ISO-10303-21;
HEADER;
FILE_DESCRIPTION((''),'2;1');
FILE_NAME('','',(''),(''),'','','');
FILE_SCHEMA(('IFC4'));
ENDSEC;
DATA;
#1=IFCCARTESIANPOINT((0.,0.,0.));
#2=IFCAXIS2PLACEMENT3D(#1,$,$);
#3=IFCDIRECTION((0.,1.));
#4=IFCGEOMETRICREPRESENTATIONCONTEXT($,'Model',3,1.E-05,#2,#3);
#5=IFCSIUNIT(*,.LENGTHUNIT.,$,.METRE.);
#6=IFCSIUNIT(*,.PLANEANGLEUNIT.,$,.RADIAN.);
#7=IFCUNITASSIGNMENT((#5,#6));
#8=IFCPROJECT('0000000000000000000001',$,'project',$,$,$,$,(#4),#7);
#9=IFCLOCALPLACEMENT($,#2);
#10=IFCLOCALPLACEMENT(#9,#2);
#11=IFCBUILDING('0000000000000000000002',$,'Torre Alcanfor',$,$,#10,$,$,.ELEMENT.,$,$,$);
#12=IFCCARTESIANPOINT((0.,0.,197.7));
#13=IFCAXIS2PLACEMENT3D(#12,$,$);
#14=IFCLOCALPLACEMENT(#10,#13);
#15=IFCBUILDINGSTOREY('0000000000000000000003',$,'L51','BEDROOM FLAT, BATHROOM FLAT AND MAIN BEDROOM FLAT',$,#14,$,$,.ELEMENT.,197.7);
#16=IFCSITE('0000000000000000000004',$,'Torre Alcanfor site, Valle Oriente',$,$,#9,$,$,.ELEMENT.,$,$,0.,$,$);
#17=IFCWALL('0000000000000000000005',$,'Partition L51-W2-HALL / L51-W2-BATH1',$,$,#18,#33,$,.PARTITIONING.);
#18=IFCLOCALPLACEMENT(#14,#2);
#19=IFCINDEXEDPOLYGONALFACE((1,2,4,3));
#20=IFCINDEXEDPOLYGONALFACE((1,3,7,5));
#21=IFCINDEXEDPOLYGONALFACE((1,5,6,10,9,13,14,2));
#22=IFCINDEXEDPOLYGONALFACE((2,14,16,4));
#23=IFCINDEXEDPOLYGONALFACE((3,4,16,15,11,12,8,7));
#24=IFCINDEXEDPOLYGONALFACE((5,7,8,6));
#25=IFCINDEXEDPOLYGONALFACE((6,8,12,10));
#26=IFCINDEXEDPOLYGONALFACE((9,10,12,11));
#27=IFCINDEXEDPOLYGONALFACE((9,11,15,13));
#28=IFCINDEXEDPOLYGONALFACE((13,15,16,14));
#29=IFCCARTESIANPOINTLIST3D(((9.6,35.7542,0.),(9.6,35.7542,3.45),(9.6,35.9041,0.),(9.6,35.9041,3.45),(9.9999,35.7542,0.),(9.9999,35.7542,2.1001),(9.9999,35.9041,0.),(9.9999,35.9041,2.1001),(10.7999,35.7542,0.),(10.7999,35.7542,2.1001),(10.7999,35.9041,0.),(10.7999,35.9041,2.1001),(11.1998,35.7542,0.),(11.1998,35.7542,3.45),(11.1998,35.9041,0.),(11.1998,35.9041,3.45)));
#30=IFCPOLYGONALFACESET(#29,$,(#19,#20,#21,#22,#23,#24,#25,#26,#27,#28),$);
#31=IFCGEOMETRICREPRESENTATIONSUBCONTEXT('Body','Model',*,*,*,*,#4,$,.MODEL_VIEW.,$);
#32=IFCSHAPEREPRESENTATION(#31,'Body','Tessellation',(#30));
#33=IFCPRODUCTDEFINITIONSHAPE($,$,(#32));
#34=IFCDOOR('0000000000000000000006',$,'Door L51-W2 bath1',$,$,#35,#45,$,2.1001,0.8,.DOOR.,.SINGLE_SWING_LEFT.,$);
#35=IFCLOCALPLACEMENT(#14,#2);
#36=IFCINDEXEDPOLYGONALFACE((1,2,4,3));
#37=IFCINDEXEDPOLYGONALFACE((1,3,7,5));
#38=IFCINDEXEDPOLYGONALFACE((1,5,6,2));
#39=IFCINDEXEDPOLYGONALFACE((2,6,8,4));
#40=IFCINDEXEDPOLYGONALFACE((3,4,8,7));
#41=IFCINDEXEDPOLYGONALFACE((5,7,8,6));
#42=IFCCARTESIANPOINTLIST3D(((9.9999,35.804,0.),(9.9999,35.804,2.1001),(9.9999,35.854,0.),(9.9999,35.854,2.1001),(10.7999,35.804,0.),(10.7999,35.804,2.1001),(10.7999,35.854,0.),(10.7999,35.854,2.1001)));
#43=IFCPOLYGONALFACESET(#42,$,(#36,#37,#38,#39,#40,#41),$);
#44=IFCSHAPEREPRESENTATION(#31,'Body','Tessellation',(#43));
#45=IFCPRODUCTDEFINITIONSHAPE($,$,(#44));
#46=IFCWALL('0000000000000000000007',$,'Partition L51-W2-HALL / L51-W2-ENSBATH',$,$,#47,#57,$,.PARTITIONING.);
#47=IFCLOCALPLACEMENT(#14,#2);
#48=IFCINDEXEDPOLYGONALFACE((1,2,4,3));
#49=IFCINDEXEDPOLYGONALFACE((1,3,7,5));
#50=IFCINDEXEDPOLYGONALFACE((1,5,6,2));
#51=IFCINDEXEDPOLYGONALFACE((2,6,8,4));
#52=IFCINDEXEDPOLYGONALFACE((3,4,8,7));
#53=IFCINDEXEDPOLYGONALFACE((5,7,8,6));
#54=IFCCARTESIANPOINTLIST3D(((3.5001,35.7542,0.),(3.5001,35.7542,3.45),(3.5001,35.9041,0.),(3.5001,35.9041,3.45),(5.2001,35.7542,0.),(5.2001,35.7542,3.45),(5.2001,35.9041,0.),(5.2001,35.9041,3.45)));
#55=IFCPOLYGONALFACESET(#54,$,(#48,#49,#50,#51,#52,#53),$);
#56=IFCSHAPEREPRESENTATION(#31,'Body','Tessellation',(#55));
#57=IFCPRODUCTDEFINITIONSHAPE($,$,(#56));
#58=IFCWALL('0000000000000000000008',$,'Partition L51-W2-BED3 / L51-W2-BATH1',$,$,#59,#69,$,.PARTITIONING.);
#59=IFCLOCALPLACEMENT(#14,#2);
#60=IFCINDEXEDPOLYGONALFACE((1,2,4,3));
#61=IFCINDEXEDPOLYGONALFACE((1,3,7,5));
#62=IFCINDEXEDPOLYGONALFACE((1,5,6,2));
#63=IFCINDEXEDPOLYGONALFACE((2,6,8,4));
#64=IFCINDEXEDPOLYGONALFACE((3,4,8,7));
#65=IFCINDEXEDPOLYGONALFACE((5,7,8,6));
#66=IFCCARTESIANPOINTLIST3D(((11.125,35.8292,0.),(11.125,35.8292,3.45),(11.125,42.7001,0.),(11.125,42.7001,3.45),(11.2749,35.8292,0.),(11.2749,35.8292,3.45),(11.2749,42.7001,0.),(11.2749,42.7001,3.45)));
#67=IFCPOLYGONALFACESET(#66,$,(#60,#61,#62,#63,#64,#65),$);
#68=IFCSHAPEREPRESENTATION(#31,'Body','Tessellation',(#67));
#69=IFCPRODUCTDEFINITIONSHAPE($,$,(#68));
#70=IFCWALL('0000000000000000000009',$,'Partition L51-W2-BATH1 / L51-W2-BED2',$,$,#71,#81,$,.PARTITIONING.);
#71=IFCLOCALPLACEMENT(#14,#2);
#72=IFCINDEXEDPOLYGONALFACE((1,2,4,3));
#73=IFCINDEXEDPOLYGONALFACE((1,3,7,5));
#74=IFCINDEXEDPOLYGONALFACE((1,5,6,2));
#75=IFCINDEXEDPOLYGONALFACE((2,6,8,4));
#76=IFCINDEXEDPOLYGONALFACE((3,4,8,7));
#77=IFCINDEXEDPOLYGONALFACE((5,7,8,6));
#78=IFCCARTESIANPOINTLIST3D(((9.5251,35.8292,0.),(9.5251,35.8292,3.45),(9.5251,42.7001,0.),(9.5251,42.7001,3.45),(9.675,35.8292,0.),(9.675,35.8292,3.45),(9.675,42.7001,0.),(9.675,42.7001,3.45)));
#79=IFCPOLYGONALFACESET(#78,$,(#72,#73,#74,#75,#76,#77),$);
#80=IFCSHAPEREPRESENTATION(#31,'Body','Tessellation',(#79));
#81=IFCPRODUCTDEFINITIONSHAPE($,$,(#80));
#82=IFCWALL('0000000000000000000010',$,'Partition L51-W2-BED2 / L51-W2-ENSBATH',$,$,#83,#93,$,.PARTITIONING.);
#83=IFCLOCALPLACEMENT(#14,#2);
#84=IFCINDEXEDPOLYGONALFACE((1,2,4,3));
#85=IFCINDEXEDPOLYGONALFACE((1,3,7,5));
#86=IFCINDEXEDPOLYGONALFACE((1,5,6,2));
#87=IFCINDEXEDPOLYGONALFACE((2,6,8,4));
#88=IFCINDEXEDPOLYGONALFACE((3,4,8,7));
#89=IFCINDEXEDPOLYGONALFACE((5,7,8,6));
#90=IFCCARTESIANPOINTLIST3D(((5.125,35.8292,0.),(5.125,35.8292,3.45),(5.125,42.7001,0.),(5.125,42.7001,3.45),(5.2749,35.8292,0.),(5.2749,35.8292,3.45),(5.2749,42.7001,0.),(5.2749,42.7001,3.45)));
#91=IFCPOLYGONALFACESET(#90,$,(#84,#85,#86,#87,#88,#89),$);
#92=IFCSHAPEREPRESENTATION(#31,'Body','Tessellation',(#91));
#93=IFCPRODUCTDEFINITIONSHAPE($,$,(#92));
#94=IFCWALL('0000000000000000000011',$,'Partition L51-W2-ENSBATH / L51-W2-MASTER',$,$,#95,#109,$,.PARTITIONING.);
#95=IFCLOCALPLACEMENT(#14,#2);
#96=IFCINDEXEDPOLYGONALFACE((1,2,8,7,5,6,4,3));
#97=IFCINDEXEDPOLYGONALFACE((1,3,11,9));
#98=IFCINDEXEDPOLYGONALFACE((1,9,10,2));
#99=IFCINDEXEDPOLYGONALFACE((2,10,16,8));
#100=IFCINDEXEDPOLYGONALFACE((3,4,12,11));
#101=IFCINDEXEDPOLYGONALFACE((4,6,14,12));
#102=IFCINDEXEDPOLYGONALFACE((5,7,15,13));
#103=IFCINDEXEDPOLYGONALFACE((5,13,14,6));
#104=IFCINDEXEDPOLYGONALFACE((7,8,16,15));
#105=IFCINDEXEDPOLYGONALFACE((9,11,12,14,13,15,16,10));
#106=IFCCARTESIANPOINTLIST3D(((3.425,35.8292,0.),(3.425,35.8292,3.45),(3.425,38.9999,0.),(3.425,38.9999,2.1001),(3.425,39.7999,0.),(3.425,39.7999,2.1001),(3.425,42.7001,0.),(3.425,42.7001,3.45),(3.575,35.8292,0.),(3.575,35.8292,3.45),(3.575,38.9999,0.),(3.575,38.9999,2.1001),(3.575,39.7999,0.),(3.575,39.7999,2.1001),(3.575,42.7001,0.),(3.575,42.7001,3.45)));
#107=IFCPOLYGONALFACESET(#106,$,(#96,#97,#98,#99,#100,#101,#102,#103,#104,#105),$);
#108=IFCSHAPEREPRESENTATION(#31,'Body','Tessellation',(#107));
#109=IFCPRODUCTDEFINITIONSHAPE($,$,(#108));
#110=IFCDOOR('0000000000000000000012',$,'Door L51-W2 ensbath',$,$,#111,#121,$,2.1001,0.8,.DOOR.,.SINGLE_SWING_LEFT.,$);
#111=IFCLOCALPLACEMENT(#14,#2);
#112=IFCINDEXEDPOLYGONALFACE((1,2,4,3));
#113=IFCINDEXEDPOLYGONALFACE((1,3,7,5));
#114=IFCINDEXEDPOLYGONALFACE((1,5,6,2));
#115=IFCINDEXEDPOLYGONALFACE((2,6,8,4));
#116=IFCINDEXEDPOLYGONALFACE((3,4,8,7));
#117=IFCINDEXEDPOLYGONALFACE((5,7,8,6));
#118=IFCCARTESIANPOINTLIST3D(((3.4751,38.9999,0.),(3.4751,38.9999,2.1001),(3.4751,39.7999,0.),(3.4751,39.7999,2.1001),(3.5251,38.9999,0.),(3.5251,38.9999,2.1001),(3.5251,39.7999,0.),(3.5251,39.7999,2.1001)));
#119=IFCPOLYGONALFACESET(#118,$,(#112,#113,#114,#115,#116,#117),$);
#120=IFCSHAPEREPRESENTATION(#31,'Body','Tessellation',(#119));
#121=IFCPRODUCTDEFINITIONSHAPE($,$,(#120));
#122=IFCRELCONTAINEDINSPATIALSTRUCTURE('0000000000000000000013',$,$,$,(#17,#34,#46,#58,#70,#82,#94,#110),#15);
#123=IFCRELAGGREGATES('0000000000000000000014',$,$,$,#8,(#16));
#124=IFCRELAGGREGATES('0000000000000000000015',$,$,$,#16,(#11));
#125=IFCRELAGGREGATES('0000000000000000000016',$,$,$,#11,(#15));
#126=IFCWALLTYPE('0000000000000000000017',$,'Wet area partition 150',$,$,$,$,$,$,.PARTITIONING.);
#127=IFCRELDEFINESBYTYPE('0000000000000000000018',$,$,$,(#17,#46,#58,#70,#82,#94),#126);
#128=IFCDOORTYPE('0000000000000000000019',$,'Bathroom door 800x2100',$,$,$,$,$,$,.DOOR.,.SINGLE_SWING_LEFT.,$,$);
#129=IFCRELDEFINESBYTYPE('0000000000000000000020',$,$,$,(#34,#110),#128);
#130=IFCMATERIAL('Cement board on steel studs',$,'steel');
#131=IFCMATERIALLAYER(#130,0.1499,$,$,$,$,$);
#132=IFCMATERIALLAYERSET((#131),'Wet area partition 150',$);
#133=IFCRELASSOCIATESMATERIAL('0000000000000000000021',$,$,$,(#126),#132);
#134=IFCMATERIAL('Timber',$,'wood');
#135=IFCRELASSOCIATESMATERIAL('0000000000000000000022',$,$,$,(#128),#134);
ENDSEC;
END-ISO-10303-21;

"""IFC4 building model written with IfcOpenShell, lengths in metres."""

from ifc_helpers import new_model, si_unit, direction, frame, frame_2d, origin, place, context, subcontext, project, spatial, rectangle, extrude, material, layer, layer_set, type_object, element, fill, save


model = new_model("IFC4")

# Units and contexts
model_context = context("Model", 3, precision=1e-05, world=origin(), true_north=direction((0.0, 1.0)))
body_context = subcontext(model_context, "Body", "Model", "MODEL_VIEW")
ifc_project = project(units=[si_unit("LENGTHUNIT", "METRE"), si_unit("PLANEANGLEUNIT", "RADIAN")], contexts=[model_context])

# Site, building, storey
site_placement = place(None, origin())
site = spatial("IfcSite", under=ifc_project, at=site_placement, Name="Torre Alcanfor site, Valle Oriente", CompositionType="ELEMENT", RefElevation=0.0)
building_placement = place(site_placement, origin())
building = spatial("IfcBuilding", under=site, at=building_placement, Name="Torre Alcanfor", CompositionType="ELEMENT")
storey_placement = place(building_placement, frame((0.0, 0.0, 197.7)))
storey = spatial("IfcBuildingStorey", under=building, at=storey_placement, Name="L51", Description="BEDROOM FLAT, BATHROOM FLAT AND MAIN BEDROOM FLAT", CompositionType="ELEMENT", Elevation=197.7)

# Wall, opening, door
ifc_material_1 = material(Name="Cement board on steel studs", Category="steel")
ifc_layer_1 = layer(ifc_material_1, 0.1499)
ifc_layer_set_1 = layer_set([ifc_layer_1], Name="Wet area partition 150")
wall_type_1 = type_object("IfcWallType", Name="Wet area partition 150", PredefinedType="PARTITIONING", material=ifc_layer_set_1)
wall_1_placement = place(storey_placement, frame((9.6001, 35.8291, 0.0), z_axis=(0.0, 0.0, 1.0), x_axis=(1.0, 0.0, 0.0)))
wall_1 = element("IfcWall", 1, at=wall_1_placement, inside=storey, type_object=wall_type_1, Name="Partition L51-W2-HALL / L51-W2-BATH1", PredefinedType="PARTITIONING", context=body_context, shape_type="SweptSolid", body=[
    extrude(rectangle(XDim=1.5999, YDim=0.1499, at=frame_2d((0.7998, 0.0))), origin(), (0.0, 0.0, 1.0), 3.45),
])
opening_1_placement = place(wall_1_placement, frame((0.3999, 0.0, 0.0)))
opening_1 = element("IfcOpeningElement", 2, at=opening_1_placement, cuts=wall_1, PredefinedType="OPENING", context=body_context, shape_type="SweptSolid", body=[
    extrude(rectangle(XDim=0.8, YDim=2.1001, at=frame_2d((0.3999, 1.05))), frame((0.0, 0.085, 0.0), z_axis=(0.0, -1.0, 0.0), x_axis=(1.0, 0.0, 0.0)), (0.0, 0.0, 1.0), 0.1699),
])
ifc_material_2 = material(Name="Timber", Category="wood")
door_type_1 = type_object("IfcDoorType", Name="Bathroom door 800x2100", OperationType="SINGLE_SWING_LEFT", PredefinedType="DOOR", material=ifc_material_2)
door_1_placement = place(opening_1_placement, origin())
door_1 = element("IfcDoor", 3, at=door_1_placement, inside=storey, type_object=door_type_1, Name="Door L51-W2 bath1", OperationType="SINGLE_SWING_LEFT", OverallHeight=2.1001, OverallWidth=0.8, PredefinedType="DOOR", context=body_context, shape_type="SweptSolid", body=[
    extrude(rectangle(XDim=0.8, YDim=2.1001, at=frame_2d((0.3999, 1.05))), frame((0.0, 0.0249, 0.0), z_axis=(0.0, -1.0, 0.0), x_axis=(1.0, 0.0, 0.0)), (0.0, 0.0, 1.0), 0.05),
])
fill(opening_1, door_1)

# Walls
wall_2_placement = place(storey_placement, frame((3.5, 35.8291, 0.0), z_axis=(0.0, 0.0, 1.0), x_axis=(1.0, 0.0, 0.0)))
element("IfcWall", 4, at=wall_2_placement, inside=storey, type_object=wall_type_1, Name="Partition L51-W2-HALL / L51-W2-ENSBATH", PredefinedType="PARTITIONING", context=body_context, shape_type="SweptSolid", body=[
    extrude(rectangle(XDim=1.7, YDim=0.1499, at=frame_2d((0.8501, 0.0))), origin(), (0.0, 0.0, 1.0), 3.45),
])
for number, where, z_axis, x_axis, name in (
    (5, (11.2, 35.8291, 0.0), (0.0, 0.0, 1.0), (0.0, 1.0, 0.0), "Partition L51-W2-BED3 / L51-W2-BATH1"),
    (6, (9.6001, 35.8291, 0.0), (0.0, 0.0, 1.0), (0.0, 1.0, 0.0), "Partition L51-W2-BATH1 / L51-W2-BED2"),
    (7, (5.2, 35.8291, 0.0), (0.0, 0.0, 1.0), (0.0, 1.0, 0.0), "Partition L51-W2-BED2 / L51-W2-ENSBATH"),
):
    element("IfcWall", number, at=place(storey_placement, frame(where, z_axis=z_axis, x_axis=x_axis)), inside=storey, type_object=wall_type_1, Name=name, PredefinedType="PARTITIONING", context=body_context, shape_type="SweptSolid", body=[
        extrude(rectangle(XDim=6.8708, YDim=0.1499, at=frame_2d((3.4355, 0.0))), origin(), (0.0, 0.0, 1.0), 3.45),
    ])

# Wall, opening, door
wall_3_placement = place(storey_placement, frame((3.5, 35.8291, 0.0), z_axis=(0.0, 0.0, 1.0), x_axis=(0.0, 1.0, 0.0)))
wall_3 = element("IfcWall", 8, at=wall_3_placement, inside=storey, type_object=wall_type_1, Name="Partition L51-W2-ENSBATH / L51-W2-MASTER", PredefinedType="PARTITIONING", context=body_context, shape_type="SweptSolid", body=[
    extrude(rectangle(XDim=6.8708, YDim=0.1499, at=frame_2d((3.4355, 0.0))), origin(), (0.0, 0.0, 1.0), 3.45),
])
opening_2_placement = place(wall_3_placement, frame((3.1709, 0.0, 0.0)))
opening_2 = element("IfcOpeningElement", 9, at=opening_2_placement, cuts=wall_3, PredefinedType="OPENING", context=body_context, shape_type="SweptSolid", body=[
    extrude(rectangle(XDim=0.8, YDim=2.1001, at=frame_2d((0.3999, 1.05))), frame((0.0, 0.085, 0.0), z_axis=(0.0, -1.0, 0.0), x_axis=(1.0, 0.0, 0.0)), (0.0, 0.0, 1.0), 0.1699),
])
door_2_placement = place(opening_2_placement, frame((0.8, 0.0, 0.0), z_axis=(0.0, 0.0, 1.0), x_axis=(-1.0, 0.0, 0.0)))
door_2 = element("IfcDoor", 10, at=door_2_placement, inside=storey, type_object=door_type_1, Name="Door L51-W2 ensbath", OperationType="SINGLE_SWING_LEFT", OverallHeight=2.1001, OverallWidth=0.8, PredefinedType="DOOR", context=body_context, shape_type="SweptSolid", body=[
    extrude(rectangle(XDim=0.8, YDim=2.1001, at=frame_2d((0.4001, 1.05))), frame((0.0, 0.0251, 0.0), z_axis=(0.0, -1.0, 0.0), x_axis=(1.0, 0.0, 0.0)), (0.0, 0.0, 1.0), 0.05),
])
fill(opening_2, door_2)

save(model, "model.ifc")
